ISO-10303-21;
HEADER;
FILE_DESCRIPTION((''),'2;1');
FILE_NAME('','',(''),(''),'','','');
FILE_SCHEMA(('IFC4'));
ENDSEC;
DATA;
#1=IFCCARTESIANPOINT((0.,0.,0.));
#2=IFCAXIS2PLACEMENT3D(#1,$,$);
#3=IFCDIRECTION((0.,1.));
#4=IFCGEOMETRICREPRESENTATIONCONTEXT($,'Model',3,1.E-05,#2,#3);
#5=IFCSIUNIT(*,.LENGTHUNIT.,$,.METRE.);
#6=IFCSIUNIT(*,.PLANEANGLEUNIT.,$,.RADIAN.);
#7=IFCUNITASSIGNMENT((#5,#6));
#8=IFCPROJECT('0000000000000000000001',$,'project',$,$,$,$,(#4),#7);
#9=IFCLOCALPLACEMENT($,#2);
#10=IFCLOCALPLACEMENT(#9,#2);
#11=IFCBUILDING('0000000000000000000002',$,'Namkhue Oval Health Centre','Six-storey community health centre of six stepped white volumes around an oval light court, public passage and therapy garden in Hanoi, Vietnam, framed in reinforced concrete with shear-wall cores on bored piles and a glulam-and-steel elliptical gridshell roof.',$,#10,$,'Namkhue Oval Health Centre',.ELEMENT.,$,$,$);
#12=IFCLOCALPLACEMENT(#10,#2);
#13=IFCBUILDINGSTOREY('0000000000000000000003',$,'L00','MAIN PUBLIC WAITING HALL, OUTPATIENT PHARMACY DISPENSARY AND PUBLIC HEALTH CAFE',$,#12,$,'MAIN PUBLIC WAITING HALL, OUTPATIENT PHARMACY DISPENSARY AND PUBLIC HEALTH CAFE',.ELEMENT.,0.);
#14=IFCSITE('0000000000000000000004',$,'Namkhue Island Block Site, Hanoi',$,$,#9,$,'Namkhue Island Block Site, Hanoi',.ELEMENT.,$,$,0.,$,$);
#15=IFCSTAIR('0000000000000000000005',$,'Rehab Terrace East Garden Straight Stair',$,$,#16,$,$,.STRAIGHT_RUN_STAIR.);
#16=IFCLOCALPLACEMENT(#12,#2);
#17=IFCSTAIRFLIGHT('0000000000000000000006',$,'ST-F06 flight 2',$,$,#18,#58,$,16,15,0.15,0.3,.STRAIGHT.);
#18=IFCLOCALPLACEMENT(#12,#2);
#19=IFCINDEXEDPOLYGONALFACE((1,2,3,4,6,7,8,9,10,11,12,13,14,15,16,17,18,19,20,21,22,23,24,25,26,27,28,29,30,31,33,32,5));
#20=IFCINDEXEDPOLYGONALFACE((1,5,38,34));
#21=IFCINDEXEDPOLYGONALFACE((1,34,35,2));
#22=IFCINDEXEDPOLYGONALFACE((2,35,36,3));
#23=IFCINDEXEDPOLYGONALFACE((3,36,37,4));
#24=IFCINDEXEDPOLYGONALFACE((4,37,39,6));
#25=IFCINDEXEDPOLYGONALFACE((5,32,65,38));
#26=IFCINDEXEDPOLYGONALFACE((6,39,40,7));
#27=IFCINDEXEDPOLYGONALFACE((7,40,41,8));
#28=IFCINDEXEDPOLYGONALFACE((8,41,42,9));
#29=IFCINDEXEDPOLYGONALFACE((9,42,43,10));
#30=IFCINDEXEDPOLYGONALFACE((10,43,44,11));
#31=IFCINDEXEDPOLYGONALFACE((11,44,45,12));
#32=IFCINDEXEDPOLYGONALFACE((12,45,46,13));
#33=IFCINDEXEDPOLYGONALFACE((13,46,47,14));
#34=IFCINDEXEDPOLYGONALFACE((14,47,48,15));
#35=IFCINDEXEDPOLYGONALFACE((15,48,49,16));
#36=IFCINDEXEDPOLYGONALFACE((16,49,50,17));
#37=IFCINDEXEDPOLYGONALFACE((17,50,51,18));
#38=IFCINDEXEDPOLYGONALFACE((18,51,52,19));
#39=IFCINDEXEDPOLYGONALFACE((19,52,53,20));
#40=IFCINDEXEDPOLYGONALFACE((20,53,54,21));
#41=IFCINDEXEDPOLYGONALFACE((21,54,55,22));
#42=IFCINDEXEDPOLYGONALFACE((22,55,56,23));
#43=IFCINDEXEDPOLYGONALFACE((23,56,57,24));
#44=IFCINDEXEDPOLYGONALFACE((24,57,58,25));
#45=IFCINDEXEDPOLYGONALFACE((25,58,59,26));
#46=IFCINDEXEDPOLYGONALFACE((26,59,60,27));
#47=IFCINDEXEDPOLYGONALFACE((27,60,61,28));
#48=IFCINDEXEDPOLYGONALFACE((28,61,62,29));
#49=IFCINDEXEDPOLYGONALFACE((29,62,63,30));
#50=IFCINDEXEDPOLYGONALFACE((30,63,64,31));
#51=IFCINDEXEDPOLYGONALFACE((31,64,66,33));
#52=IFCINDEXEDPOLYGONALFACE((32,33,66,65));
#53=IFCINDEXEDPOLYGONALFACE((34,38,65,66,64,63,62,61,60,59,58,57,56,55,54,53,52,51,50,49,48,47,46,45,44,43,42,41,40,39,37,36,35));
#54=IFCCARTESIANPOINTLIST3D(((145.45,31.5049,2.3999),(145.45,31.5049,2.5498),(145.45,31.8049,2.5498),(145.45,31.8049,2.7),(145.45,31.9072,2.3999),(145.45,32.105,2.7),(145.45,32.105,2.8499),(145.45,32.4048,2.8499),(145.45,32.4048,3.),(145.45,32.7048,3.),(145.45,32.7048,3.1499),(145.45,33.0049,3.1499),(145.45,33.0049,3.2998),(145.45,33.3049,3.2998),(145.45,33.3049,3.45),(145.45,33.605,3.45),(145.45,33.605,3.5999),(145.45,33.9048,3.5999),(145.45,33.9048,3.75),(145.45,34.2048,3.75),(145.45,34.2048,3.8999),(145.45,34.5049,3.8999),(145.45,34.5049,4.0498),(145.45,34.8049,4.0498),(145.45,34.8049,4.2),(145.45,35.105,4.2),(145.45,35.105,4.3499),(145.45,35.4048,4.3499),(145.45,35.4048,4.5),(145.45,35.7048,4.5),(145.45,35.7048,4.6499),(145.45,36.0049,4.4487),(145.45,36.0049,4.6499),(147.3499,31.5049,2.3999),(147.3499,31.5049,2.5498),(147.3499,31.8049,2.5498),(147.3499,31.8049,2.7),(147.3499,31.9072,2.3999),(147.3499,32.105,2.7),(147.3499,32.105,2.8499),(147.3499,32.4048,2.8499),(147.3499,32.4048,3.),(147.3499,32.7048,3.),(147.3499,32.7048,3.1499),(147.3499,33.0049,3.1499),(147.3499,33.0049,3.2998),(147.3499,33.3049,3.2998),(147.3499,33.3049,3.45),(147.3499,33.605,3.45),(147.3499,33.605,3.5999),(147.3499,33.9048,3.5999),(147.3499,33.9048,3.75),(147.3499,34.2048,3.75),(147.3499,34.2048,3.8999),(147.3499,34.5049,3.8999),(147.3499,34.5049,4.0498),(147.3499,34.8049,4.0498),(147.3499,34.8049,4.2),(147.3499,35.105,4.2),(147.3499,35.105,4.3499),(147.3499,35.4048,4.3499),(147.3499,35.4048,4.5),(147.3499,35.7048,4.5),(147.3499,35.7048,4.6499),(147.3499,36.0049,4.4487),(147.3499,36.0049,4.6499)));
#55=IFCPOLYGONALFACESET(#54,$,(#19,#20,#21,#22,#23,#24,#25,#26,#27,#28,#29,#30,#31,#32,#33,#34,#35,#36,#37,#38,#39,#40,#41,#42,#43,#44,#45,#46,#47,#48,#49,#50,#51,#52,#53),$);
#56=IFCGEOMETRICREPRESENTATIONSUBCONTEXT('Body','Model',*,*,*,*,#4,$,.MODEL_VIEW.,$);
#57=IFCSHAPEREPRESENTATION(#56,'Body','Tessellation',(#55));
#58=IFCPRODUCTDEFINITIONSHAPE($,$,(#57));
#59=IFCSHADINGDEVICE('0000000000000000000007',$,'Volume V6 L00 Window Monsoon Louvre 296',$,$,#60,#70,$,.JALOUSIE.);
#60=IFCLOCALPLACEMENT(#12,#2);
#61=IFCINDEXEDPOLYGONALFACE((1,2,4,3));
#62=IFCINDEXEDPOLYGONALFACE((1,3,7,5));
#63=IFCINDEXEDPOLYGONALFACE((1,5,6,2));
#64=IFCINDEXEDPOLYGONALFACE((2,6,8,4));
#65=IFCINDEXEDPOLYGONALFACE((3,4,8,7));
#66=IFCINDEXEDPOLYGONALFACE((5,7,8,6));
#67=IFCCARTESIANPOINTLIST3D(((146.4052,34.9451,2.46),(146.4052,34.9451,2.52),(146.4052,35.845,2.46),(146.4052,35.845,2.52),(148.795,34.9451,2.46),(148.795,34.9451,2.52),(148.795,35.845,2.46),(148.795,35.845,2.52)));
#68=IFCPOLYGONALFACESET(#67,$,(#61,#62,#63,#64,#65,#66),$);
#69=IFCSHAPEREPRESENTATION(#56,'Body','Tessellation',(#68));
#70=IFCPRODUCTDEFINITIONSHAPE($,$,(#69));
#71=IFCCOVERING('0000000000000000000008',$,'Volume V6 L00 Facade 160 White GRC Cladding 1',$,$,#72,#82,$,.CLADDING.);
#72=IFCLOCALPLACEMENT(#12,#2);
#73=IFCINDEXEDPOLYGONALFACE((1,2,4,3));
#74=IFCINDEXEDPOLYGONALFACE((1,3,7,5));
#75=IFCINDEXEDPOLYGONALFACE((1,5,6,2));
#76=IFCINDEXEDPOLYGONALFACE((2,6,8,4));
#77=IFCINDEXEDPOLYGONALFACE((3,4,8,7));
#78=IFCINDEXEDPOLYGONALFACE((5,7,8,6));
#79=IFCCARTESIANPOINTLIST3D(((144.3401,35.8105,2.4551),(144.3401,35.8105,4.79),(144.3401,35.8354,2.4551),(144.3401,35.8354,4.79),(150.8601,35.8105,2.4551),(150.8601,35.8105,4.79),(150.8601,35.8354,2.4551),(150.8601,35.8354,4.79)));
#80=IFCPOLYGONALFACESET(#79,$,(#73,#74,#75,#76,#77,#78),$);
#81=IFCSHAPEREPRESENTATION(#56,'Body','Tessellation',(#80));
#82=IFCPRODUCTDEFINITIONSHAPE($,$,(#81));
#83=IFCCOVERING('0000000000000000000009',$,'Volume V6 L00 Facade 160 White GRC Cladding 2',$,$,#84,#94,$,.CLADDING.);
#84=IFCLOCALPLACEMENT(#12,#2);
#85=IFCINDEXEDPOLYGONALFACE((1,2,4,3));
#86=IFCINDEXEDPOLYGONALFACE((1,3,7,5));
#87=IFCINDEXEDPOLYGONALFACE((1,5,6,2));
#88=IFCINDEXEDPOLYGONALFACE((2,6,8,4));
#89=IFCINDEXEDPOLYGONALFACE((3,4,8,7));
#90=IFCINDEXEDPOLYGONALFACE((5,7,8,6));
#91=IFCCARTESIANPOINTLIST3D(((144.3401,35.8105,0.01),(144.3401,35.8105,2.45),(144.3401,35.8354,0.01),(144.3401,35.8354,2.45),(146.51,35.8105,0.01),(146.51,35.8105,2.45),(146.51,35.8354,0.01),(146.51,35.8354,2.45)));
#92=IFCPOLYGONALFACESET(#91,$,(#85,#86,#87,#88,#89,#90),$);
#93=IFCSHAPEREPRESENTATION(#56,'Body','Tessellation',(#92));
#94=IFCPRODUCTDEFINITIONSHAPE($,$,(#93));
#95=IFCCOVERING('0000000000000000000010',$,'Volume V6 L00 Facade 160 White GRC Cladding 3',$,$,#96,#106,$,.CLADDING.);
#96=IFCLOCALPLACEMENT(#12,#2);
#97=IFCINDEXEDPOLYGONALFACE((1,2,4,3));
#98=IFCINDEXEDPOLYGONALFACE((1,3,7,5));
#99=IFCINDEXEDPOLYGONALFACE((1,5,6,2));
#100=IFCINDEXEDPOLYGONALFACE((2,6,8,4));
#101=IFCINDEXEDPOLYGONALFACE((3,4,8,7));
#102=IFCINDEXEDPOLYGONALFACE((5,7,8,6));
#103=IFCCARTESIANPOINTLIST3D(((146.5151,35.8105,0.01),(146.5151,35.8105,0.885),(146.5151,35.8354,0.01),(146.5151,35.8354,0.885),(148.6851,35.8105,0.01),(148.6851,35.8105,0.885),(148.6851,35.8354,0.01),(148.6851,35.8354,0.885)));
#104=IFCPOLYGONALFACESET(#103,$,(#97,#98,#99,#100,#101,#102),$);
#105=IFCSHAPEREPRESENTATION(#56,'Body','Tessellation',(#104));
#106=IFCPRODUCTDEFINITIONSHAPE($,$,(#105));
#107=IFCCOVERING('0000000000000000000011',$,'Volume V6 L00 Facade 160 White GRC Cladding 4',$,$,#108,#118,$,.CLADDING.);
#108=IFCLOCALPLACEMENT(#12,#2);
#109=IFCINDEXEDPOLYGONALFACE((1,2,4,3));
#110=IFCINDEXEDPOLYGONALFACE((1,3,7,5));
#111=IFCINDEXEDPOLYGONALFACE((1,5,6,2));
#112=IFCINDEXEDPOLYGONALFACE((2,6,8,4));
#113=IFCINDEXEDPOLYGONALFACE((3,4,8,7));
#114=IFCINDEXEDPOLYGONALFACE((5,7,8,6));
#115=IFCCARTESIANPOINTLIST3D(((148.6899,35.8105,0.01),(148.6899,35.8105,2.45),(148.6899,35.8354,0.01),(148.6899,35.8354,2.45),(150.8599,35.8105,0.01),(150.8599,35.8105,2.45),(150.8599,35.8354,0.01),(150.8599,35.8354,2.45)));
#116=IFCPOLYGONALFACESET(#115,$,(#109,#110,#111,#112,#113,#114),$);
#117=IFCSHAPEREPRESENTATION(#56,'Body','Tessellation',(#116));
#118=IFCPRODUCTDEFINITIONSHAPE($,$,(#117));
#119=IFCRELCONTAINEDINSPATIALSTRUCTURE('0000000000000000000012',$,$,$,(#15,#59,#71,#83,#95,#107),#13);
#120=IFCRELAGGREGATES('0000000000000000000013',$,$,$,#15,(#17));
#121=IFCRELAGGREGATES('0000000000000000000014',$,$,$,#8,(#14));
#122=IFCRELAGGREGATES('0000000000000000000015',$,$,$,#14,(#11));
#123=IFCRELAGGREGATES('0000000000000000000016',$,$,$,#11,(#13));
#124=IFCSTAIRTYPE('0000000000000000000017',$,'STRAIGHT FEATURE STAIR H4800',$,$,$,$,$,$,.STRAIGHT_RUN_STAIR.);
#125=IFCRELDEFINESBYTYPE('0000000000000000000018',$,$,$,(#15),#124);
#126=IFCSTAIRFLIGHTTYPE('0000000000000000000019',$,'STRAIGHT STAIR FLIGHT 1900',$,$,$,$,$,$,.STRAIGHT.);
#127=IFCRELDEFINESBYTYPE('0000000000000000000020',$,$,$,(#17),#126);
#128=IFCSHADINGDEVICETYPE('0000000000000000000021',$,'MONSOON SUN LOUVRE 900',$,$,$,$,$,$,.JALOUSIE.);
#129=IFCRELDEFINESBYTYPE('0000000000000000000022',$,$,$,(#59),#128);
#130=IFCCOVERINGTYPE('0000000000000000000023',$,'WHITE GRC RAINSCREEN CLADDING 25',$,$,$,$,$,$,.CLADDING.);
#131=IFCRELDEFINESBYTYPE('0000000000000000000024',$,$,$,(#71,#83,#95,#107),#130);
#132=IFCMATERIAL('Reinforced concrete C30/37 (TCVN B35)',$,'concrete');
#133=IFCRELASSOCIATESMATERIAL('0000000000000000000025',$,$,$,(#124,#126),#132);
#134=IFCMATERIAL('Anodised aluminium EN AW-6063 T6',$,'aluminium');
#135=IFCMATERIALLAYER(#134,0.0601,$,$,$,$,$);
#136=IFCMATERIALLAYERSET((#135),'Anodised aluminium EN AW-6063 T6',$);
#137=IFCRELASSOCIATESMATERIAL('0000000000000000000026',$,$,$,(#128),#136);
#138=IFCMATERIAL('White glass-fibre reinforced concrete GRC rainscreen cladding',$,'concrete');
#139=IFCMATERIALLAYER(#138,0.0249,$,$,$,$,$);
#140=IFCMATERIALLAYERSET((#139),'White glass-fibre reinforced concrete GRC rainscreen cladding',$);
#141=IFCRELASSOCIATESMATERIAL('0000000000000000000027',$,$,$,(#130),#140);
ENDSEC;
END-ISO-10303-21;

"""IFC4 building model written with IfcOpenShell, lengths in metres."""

from ifc_helpers import new_model, si_unit, direction, frame, origin, origin_2d, place, context, subcontext, project, spatial, polyline, rectangle, outline, extrude, material, layer, layer_set, type_object, element, aggregate, save


model = new_model("IFC4")

# Units and contexts
model_context = context("Model", 3, precision=1e-05, world=origin(), true_north=direction((0.0, 1.0)))
body_context = subcontext(model_context, "Body", "Model", "MODEL_VIEW")
ifc_project = project(units=[si_unit("LENGTHUNIT", "METRE"), si_unit("PLANEANGLEUNIT", "RADIAN")], contexts=[model_context])

# Site, building, storey
site_placement = place(None, origin())
site = spatial("IfcSite", under=ifc_project, at=site_placement, Name="Namkhue Island Block Site, Hanoi", LongName="Namkhue Island Block Site, Hanoi", CompositionType="ELEMENT", RefElevation=0.0)
building_placement = place(site_placement, origin())
building = spatial("IfcBuilding", under=site, at=building_placement, Name="Namkhue Oval Health Centre", Description="Six-storey community health centre of six stepped white volumes around an oval light court, public passage and therapy garden in Hanoi, Vietnam, framed in reinforced concrete with shear-wall cores on bored piles and a glulam-and-steel elliptical gridshell roof.", LongName="Namkhue Oval Health Centre", CompositionType="ELEMENT")
storey_placement = place(building_placement, origin())
storey = spatial("IfcBuildingStorey", under=building, at=storey_placement, Name="L00", Description="MAIN PUBLIC WAITING HALL, OUTPATIENT PHARMACY DISPENSARY AND PUBLIC HEALTH CAFE", LongName="MAIN PUBLIC WAITING HALL, OUTPATIENT PHARMACY DISPENSARY AND PUBLIC HEALTH CAFE", CompositionType="ELEMENT", Elevation=0.0)

# Shared definitions
ifc_material_1 = material(Name="Reinforced concrete C30/37 (TCVN B35)", Category="concrete")

# Stair, stair flight
stair_type = type_object("IfcStairType", Name="STRAIGHT FEATURE STAIR H4800", PredefinedType="STRAIGHT_RUN_STAIR", material=ifc_material_1)
stair_placement = place(storey_placement, origin())
stair = element("IfcStair", 1, at=stair_placement, inside=storey, type_object=stair_type, Name="Rehab Terrace East Garden Straight Stair", PredefinedType="STRAIGHT_RUN_STAIR")
stair_flight_type = type_object("IfcStairFlightType", Name="STRAIGHT STAIR FLIGHT 1900", PredefinedType="STRAIGHT", material=ifc_material_1)
stair_flight_placement = place(storey_placement, frame((146.3999, 31.5049, 2.3999), z_axis=(0.0, 0.0, 1.0), x_axis=(0.0, 1.0, 0.0)))
stair_flight = element("IfcStairFlight", 2, at=stair_flight_placement, type_object=stair_flight_type, Name="ST-F06 flight 2", NumberOfRisers=16, NumberOfTreads=15, PredefinedType="STRAIGHT", RiserHeight=0.15, TreadLength=0.3, context=body_context, shape_type="SweptSolid", body=[
    extrude(outline(polyline([(0.0, 0.0), (0.0, 0.1499), (0.3, 0.1499), (0.3, 0.3), (0.6001, 0.3), (0.6001, 0.45), (0.8999, 0.45), (0.8999, 0.6001), (1.2, 0.6001), (1.2, 0.75), (1.5, 0.75), (1.5, 0.8999), (1.8, 0.8999), (1.8, 1.05), (2.1001, 1.05), (2.1001, 1.2), (2.3999, 1.2), (2.3999, 1.3501), (2.7, 1.3501), (2.7, 1.5), (3.0, 1.5), (3.0, 1.6499), (3.3, 1.6499), (3.3, 1.8), (3.6001, 1.8), (3.6001, 1.95), (3.8999, 1.95), (3.8999, 2.1001), (4.2, 2.1001), (4.2, 2.25), (4.5, 2.25), (4.5, 2.3999), (4.5, 2.0488), (0.4023, 0.0), (0.0, 0.0)])), frame((0.0, 0.95, 0.0), z_axis=(0.0, -1.0, 0.0), x_axis=(1.0, 0.0, 0.0)), (0.0, 0.0, 1.0), 1.8999),
])
aggregate(stair, [stair_flight])

# Shading device
ifc_material_2 = material(Name="Anodised aluminium EN AW-6063 T6", Category="aluminium")
ifc_layer_1 = layer(ifc_material_2, 0.0601)
ifc_layer_set_1 = layer_set([ifc_layer_1], Name="Anodised aluminium EN AW-6063 T6")
shading_device_type = type_object("IfcShadingDeviceType", Name="MONSOON SUN LOUVRE 900", PredefinedType="JALOUSIE", material=ifc_layer_set_1)
shading_device_placement = place(storey_placement, frame((147.6001, 35.395, 2.46), z_axis=(0.0, 0.0, 1.0), x_axis=(1.0, 0.0, 0.0)))
element("IfcShadingDevice", 3, at=shading_device_placement, inside=storey, type_object=shading_device_type, Name="Volume V6 L00 Window Monsoon Louvre 296", PredefinedType="JALOUSIE", context=body_context, shape_type="SweptSolid", body=[
    extrude(rectangle(XDim=2.3899, YDim=0.8999, at=origin_2d()), origin(), (0.0, 0.0, 1.0), 0.0601),
])

# Coverings
ifc_material_3 = material(Name="White glass-fibre reinforced concrete GRC rainscreen cladding", Category="concrete")
ifc_layer_2 = layer(ifc_material_3, 0.0249)
ifc_layer_set_2 = layer_set([ifc_layer_2], Name="White glass-fibre reinforced concrete GRC rainscreen cladding")
covering_type = type_object("IfcCoveringType", Name="WHITE GRC RAINSCREEN CLADDING 25", PredefinedType="CLADDING", material=ifc_layer_set_2)
covering_1_placement = place(storey_placement, frame((147.6001, 35.823, 2.4551), z_axis=(0.0, 0.0, 1.0), x_axis=(1.0, 0.0, 0.0)))
element("IfcCovering", 4, at=covering_1_placement, inside=storey, type_object=covering_type, Name="Volume V6 L00 Facade 160 White GRC Cladding 1", PredefinedType="CLADDING", context=body_context, shape_type="SweptSolid", body=[
    extrude(rectangle(XDim=6.52, YDim=0.0249, at=origin_2d()), origin(), (0.0, 0.0, 1.0), 2.335),
])
covering_2_placement = place(storey_placement, frame((145.425, 35.823, 0.01), z_axis=(0.0, 0.0, 1.0), x_axis=(1.0, 0.0, 0.0)))
element("IfcCovering", 5, at=covering_2_placement, inside=storey, type_object=covering_type, Name="Volume V6 L00 Facade 160 White GRC Cladding 2", PredefinedType="CLADDING", context=body_context, shape_type="SweptSolid", body=[
    extrude(rectangle(XDim=2.1699, YDim=0.0249, at=origin_2d()), origin(), (0.0, 0.0, 1.0), 2.4399),
])
covering_3_placement = place(storey_placement, frame((147.6001, 35.823, 0.01), z_axis=(0.0, 0.0, 1.0), x_axis=(1.0, 0.0, 0.0)))
element("IfcCovering", 6, at=covering_3_placement, inside=storey, type_object=covering_type, Name="Volume V6 L00 Facade 160 White GRC Cladding 3", PredefinedType="CLADDING", context=body_context, shape_type="SweptSolid", body=[
    extrude(rectangle(XDim=2.1699, YDim=0.0249, at=origin_2d()), origin(), (0.0, 0.0, 1.0), 0.875),
])
covering_4_placement = place(storey_placement, frame((149.7749, 35.823, 0.01), z_axis=(0.0, 0.0, 1.0), x_axis=(1.0, 0.0, 0.0)))
element("IfcCovering", 7, at=covering_4_placement, inside=storey, type_object=covering_type, Name="Volume V6 L00 Facade 160 White GRC Cladding 4", PredefinedType="CLADDING", context=body_context, shape_type="SweptSolid", body=[
    extrude(rectangle(XDim=2.1699, YDim=0.0249, at=origin_2d()), origin(), (0.0, 0.0, 1.0), 2.4399),
])

save(model, "model.ifc")
